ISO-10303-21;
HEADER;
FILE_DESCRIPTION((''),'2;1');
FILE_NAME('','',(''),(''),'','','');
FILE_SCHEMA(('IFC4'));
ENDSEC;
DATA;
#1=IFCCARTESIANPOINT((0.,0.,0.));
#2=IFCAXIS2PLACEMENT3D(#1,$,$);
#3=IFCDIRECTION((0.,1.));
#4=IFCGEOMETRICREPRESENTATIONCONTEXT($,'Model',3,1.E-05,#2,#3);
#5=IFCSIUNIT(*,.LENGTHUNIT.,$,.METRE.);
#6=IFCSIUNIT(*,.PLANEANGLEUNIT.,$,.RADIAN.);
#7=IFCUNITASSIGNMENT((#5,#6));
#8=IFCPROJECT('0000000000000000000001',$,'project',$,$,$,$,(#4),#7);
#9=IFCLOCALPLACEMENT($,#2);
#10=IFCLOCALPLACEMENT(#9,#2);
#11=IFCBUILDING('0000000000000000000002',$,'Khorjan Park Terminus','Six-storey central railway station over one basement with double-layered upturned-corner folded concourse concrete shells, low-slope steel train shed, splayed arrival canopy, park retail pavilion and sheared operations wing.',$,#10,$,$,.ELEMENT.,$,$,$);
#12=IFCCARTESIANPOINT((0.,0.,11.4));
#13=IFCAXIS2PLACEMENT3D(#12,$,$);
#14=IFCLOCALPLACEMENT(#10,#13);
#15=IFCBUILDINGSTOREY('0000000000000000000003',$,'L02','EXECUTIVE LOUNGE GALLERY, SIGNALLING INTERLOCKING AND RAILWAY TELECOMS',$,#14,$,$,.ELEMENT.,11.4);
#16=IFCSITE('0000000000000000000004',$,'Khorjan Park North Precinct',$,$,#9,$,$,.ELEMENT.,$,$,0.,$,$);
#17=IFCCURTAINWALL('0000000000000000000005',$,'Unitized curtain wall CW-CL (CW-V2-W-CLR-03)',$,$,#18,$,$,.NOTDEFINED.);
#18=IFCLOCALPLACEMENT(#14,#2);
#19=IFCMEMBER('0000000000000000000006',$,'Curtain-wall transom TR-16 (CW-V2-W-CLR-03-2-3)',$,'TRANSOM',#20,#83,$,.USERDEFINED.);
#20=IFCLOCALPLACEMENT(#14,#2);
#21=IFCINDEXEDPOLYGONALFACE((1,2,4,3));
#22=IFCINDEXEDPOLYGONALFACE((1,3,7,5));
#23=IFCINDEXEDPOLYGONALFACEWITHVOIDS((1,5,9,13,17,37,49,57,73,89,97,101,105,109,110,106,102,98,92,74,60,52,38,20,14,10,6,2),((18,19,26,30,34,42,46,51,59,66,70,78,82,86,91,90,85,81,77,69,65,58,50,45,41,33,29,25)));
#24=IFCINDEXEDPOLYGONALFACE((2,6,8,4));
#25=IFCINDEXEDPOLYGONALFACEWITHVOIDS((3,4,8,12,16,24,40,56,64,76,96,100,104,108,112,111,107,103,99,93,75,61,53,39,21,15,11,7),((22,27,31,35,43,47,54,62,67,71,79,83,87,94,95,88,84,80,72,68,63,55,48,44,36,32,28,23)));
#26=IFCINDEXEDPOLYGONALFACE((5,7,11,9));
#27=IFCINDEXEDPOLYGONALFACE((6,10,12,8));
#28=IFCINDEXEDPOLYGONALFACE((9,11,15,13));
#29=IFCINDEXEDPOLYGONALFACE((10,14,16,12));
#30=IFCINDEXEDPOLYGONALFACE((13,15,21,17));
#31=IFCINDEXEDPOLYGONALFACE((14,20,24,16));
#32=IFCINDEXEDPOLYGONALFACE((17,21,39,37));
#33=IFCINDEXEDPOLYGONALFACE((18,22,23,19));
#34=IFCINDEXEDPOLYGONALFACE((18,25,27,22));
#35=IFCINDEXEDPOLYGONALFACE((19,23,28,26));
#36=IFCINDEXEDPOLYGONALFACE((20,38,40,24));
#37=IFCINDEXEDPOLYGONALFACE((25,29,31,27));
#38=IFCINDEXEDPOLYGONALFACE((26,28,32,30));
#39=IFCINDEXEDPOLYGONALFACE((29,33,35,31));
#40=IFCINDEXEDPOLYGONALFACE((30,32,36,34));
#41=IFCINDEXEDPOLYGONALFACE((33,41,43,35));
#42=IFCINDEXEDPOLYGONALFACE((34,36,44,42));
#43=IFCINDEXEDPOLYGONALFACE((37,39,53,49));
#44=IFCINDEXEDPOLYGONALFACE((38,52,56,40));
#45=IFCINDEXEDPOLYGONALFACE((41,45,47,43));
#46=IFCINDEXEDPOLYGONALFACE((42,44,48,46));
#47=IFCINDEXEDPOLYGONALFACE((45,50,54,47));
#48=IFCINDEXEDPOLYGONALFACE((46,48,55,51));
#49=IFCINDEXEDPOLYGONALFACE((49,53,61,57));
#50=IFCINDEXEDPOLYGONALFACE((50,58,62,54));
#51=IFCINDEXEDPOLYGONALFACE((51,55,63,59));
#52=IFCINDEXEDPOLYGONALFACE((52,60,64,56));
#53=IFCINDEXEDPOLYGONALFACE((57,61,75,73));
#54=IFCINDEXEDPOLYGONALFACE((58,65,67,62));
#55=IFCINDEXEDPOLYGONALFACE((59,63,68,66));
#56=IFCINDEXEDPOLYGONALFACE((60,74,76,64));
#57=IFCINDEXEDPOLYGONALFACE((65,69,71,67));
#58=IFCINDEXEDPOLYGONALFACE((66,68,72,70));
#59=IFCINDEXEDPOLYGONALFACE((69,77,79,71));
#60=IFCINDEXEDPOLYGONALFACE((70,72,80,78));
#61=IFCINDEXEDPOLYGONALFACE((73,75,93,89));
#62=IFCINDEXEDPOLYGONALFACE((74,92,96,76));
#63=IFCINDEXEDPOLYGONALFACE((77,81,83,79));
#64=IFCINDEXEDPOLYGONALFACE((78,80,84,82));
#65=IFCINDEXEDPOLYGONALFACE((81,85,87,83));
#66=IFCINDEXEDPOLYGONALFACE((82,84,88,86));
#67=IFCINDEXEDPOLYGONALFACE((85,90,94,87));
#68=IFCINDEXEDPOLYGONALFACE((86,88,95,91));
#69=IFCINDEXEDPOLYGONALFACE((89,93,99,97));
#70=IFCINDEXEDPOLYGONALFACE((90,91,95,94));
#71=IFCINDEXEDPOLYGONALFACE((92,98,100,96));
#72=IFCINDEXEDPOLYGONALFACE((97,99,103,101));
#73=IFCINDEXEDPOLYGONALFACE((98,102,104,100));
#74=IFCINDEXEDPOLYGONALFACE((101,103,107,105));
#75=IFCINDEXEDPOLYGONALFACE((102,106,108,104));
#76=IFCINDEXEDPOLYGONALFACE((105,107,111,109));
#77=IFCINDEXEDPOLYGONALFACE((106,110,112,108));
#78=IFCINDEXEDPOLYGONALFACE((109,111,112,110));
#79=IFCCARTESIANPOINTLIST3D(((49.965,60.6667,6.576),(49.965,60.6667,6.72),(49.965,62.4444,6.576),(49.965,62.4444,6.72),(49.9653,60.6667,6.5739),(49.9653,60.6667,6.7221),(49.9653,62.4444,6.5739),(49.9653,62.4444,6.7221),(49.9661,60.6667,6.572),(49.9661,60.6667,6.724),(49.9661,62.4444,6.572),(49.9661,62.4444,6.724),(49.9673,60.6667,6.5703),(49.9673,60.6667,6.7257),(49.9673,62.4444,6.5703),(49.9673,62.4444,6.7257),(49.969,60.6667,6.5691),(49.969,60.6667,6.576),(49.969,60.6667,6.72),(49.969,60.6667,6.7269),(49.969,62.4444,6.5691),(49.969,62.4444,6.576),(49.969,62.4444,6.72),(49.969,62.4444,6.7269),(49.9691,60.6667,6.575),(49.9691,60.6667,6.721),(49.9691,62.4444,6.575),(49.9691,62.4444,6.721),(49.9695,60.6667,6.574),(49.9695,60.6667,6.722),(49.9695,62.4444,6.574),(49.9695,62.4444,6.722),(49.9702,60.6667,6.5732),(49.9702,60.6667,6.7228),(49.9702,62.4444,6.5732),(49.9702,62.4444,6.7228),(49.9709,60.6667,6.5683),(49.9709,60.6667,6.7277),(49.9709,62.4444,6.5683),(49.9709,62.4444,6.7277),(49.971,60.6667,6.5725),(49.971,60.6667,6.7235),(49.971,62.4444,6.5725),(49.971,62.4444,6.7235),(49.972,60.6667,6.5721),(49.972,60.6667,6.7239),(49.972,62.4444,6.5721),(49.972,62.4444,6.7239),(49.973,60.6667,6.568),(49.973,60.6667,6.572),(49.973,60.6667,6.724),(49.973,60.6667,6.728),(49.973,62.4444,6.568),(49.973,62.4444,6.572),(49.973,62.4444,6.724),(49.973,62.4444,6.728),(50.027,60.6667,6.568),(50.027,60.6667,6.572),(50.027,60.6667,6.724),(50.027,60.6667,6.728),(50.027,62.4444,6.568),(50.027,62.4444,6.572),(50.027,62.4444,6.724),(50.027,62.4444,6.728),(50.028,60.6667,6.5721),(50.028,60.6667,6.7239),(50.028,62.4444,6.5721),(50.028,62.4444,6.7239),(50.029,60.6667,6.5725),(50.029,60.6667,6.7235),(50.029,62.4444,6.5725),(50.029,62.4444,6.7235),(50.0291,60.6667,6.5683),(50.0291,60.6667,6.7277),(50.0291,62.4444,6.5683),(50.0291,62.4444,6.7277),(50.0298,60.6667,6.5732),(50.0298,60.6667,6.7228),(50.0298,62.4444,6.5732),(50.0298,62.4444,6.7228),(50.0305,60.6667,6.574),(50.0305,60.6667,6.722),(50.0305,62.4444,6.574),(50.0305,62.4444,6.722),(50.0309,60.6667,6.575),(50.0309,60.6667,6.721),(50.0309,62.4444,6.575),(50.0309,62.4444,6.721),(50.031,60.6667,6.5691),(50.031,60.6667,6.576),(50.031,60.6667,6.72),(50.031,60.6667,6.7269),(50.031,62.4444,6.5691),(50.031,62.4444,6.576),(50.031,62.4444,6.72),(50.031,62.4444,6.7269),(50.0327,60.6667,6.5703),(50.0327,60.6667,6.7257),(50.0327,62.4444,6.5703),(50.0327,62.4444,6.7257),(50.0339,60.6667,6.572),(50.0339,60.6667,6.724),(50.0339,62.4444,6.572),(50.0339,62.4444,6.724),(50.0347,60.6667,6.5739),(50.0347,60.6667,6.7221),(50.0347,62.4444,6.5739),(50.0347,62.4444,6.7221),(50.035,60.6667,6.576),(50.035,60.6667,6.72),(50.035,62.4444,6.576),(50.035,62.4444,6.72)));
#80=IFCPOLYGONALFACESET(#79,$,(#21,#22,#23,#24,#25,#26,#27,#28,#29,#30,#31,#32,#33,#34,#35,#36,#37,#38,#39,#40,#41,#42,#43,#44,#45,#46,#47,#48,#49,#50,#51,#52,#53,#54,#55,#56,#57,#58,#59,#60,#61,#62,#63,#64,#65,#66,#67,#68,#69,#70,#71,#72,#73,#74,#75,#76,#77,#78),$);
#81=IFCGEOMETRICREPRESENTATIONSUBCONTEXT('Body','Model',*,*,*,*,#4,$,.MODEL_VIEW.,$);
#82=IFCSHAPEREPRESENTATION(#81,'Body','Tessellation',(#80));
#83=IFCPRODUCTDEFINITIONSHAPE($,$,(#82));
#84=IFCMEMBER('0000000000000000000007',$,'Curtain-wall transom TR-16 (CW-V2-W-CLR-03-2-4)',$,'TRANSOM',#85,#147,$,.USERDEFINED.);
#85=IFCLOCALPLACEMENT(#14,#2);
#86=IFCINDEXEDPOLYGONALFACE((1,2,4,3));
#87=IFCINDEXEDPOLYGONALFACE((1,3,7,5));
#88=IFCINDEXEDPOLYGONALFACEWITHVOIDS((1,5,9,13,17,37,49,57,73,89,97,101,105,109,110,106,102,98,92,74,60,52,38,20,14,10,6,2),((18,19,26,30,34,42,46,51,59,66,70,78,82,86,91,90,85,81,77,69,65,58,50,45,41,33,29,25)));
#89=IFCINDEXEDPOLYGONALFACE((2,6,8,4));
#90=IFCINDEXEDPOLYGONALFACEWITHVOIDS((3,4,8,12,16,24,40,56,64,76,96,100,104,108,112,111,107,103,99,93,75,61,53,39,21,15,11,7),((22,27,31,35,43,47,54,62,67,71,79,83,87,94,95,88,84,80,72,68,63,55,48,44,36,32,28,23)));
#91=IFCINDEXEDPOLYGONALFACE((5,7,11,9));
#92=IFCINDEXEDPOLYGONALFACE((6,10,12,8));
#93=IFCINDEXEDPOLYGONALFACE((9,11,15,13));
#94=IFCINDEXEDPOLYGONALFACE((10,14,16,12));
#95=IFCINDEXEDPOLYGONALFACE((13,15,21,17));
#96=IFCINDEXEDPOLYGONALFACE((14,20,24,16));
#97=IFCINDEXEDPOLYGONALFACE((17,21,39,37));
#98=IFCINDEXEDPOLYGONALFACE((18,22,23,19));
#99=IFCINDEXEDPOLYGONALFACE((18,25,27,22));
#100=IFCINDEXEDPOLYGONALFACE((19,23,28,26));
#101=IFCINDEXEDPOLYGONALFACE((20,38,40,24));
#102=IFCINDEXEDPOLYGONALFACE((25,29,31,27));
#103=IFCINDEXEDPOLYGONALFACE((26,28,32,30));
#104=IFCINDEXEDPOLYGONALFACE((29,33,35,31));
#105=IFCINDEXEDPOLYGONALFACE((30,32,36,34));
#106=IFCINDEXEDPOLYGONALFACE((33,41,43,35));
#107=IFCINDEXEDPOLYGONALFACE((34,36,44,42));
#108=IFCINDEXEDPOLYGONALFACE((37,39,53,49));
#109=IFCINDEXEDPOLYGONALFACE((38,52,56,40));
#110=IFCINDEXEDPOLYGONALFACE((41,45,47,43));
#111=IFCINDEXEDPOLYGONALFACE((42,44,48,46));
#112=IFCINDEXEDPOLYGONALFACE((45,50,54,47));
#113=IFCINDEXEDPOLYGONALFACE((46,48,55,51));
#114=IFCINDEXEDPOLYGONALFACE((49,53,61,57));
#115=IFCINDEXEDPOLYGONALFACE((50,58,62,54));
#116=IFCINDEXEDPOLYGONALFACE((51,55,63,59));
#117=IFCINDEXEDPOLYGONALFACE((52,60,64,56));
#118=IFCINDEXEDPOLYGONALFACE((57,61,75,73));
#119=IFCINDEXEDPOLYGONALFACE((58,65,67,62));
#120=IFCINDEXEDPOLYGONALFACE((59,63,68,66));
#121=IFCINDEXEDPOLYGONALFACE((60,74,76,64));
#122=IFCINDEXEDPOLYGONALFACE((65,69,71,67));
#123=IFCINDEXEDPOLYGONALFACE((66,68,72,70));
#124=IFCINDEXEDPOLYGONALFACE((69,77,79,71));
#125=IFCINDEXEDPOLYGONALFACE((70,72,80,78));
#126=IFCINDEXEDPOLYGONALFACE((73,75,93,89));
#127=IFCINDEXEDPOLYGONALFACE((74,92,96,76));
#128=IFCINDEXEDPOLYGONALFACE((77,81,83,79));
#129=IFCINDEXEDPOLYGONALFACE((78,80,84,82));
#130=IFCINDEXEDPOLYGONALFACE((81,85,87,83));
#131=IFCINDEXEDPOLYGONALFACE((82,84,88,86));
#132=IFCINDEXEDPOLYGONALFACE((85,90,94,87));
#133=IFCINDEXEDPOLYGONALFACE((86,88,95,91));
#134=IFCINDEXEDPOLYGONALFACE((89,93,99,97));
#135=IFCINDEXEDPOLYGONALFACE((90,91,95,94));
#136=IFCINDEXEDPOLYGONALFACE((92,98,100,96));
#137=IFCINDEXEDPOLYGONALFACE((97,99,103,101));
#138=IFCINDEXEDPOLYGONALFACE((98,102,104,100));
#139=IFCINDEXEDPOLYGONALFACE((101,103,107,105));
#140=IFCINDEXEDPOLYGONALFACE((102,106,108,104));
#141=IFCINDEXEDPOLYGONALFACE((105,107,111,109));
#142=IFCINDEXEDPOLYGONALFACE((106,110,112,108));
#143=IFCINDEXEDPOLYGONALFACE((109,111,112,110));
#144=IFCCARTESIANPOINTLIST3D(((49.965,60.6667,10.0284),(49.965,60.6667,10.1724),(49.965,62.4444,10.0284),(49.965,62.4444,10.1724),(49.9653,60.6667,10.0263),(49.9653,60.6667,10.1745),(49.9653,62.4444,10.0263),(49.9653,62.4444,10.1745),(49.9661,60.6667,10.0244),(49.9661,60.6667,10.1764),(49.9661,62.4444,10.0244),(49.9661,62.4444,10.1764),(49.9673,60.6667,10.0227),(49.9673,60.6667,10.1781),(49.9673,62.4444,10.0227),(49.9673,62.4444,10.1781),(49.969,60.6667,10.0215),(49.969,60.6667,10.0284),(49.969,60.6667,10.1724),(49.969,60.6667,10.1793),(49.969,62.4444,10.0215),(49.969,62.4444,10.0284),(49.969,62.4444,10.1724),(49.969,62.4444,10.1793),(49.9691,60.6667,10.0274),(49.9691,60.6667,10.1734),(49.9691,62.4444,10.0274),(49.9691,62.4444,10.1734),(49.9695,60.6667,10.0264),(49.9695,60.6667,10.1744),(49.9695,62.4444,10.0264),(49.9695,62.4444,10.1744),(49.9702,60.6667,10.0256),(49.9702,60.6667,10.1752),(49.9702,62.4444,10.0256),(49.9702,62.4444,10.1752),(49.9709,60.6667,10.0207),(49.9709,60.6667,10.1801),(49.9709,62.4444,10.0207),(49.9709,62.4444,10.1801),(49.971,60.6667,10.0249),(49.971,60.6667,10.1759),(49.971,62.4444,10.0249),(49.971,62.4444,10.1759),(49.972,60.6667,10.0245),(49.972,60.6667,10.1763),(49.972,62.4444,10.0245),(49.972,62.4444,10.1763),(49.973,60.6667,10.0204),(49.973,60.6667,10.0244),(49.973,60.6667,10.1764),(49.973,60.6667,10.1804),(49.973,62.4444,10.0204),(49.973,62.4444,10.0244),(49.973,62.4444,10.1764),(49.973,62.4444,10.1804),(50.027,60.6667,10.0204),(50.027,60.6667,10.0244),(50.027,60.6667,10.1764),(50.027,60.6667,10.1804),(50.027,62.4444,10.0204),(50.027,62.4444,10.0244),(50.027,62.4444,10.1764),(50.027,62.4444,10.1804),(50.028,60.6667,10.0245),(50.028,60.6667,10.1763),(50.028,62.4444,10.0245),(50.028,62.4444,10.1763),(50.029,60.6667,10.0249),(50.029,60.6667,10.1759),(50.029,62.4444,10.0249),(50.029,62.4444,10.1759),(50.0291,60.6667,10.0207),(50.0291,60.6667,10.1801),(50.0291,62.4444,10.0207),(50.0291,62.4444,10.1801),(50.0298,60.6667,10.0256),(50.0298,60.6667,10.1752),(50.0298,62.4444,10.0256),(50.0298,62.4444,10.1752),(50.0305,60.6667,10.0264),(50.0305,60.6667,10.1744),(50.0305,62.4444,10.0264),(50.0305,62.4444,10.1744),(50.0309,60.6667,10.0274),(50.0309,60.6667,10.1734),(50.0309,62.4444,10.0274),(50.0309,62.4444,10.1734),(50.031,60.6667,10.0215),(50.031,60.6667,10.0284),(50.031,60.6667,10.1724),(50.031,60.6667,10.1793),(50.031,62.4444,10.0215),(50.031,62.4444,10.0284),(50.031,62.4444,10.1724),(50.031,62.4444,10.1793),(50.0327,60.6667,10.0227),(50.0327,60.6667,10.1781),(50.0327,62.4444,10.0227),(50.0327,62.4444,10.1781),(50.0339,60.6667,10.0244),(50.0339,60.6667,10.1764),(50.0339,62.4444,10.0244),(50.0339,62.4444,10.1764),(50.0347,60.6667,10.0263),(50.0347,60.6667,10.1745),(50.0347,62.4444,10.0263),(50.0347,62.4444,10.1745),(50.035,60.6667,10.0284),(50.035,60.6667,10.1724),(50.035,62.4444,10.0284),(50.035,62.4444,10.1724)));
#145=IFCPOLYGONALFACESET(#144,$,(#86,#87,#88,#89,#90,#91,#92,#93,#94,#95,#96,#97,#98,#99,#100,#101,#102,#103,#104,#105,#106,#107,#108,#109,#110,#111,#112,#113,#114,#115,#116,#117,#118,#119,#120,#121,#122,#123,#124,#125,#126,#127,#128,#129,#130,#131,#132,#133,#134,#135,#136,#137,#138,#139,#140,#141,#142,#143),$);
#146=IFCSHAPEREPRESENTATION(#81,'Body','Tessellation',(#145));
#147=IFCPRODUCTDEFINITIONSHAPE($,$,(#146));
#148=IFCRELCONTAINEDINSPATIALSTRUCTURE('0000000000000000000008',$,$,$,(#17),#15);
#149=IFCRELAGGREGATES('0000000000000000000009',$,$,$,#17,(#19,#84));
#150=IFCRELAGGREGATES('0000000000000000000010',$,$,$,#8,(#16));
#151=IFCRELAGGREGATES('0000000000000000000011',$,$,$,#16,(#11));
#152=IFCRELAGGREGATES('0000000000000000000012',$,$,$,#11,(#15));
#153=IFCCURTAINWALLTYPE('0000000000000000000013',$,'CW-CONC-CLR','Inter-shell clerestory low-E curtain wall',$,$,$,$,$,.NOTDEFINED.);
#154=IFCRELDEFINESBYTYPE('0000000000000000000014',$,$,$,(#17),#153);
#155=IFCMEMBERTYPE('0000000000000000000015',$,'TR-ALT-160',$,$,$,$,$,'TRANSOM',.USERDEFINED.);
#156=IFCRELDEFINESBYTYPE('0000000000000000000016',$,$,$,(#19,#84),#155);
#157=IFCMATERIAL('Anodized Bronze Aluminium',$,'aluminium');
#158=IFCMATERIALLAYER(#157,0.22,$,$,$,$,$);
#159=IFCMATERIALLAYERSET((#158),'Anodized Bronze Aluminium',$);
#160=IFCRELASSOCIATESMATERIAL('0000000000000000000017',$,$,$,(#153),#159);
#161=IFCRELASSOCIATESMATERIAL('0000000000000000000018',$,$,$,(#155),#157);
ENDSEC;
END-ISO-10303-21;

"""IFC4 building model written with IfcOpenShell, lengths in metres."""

from ifc_helpers import new_model, si_unit, direction, frame, origin, origin_2d, place, context, subcontext, project, spatial, hollow_rectangle, extrude, material, layer, layer_set, material_profile, profile_set, type_object, element, aggregate, save


model = new_model("IFC4")

# Units and contexts
model_context = context("Model", 3, precision=1e-05, world=origin(), true_north=direction((0.0, 1.0)))
body_context = subcontext(model_context, "Body", "Model", "MODEL_VIEW")
ifc_project = project(units=[si_unit("LENGTHUNIT", "METRE"), si_unit("PLANEANGLEUNIT", "RADIAN")], contexts=[model_context])

# Site, building, storey
site_placement = place(None, origin())
site = spatial("IfcSite", under=ifc_project, at=site_placement, Name="Khorjan Park North Precinct", CompositionType="ELEMENT", RefElevation=0.0)
building_placement = place(site_placement, origin())
building = spatial("IfcBuilding", under=site, at=building_placement, Name="Khorjan Park Terminus", Description="Six-storey central railway station over one basement with double-layered upturned-corner folded concourse concrete shells, low-slope steel train shed, splayed arrival canopy, park retail pavilion and sheared operations wing.", CompositionType="ELEMENT")
storey_placement = place(building_placement, frame((0.0, 0.0, 11.4)))
storey = spatial("IfcBuildingStorey", under=building, at=storey_placement, Name="L02", Description="EXECUTIVE LOUNGE GALLERY, SIGNALLING INTERLOCKING AND RAILWAY TELECOMS", CompositionType="ELEMENT", Elevation=11.4)

# Curtain wall, members
ifc_material_1 = material(Name="Anodized Bronze Aluminium", Category="aluminium")
ifc_layer_1 = layer(ifc_material_1, 0.22)
ifc_layer_set_1 = layer_set([ifc_layer_1], Name="Anodized Bronze Aluminium")
curtain_wall_type = type_object("IfcCurtainWallType", Name="CW-CONC-CLR", Description="Inter-shell clerestory low-E curtain wall", PredefinedType="NOTDEFINED", material=ifc_layer_set_1)
curtain_wall_placement = place(storey_placement, origin())
curtain_wall = element("IfcCurtainWall", 1, at=curtain_wall_placement, inside=storey, type_object=curtain_wall_type, Name="Unitized curtain wall CW-CL (CW-V2-W-CLR-03)", PredefinedType="NOTDEFINED")
ifc_material_profile_1 = material_profile(ifc_material_1, hollow_rectangle(XDim=0.07, YDim=0.16, WallThickness=0.004, InnerFilletRadius=0.004, OuterFilletRadius=0.008, at=origin_2d()), Name="ALT 70x160x4")
ifc_profile_set_1 = profile_set([ifc_material_profile_1], Name="Anodized Bronze Aluminium")
member_type_1 = type_object("IfcMemberType", Name="TR-ALT-160", ElementType="TRANSOM", PredefinedType="USERDEFINED", material=ifc_profile_set_1)
member_1_placement = place(storey_placement, frame((50.0, 62.4444, 6.648), z_axis=(0.0, -1.0, 0.0), x_axis=(1.0, 0.0, 0.0)))
member_1 = element("IfcMember", 2, at=member_1_placement, type_object=member_type_1, Name="Curtain-wall transom TR-16 (CW-V2-W-CLR-03-2-3)", ObjectType="TRANSOM", PredefinedType="USERDEFINED", context=body_context, shape_type="SweptSolid", body=[
    extrude(hollow_rectangle(XDim=0.07, YDim=0.16, WallThickness=0.004, InnerFilletRadius=0.004, OuterFilletRadius=0.008, at=origin_2d()), origin(), (0.0, 0.0, 1.0), 1.7777),
])
member_2_placement = place(storey_placement, frame((50.0, 62.4444, 10.1004), z_axis=(0.0, -1.0, 0.0), x_axis=(1.0, 0.0, 0.0)))
member_2 = element("IfcMember", 3, at=member_2_placement, type_object=member_type_1, Name="Curtain-wall transom TR-16 (CW-V2-W-CLR-03-2-4)", ObjectType="TRANSOM", PredefinedType="USERDEFINED", context=body_context, shape_type="SweptSolid", body=[
    extrude(hollow_rectangle(XDim=0.07, YDim=0.16, WallThickness=0.004, InnerFilletRadius=0.004, OuterFilletRadius=0.008, at=origin_2d()), origin(), (0.0, 0.0, 1.0), 1.7777),
])
aggregate(curtain_wall, [member_1, member_2])

save(model, "model.ifc")
